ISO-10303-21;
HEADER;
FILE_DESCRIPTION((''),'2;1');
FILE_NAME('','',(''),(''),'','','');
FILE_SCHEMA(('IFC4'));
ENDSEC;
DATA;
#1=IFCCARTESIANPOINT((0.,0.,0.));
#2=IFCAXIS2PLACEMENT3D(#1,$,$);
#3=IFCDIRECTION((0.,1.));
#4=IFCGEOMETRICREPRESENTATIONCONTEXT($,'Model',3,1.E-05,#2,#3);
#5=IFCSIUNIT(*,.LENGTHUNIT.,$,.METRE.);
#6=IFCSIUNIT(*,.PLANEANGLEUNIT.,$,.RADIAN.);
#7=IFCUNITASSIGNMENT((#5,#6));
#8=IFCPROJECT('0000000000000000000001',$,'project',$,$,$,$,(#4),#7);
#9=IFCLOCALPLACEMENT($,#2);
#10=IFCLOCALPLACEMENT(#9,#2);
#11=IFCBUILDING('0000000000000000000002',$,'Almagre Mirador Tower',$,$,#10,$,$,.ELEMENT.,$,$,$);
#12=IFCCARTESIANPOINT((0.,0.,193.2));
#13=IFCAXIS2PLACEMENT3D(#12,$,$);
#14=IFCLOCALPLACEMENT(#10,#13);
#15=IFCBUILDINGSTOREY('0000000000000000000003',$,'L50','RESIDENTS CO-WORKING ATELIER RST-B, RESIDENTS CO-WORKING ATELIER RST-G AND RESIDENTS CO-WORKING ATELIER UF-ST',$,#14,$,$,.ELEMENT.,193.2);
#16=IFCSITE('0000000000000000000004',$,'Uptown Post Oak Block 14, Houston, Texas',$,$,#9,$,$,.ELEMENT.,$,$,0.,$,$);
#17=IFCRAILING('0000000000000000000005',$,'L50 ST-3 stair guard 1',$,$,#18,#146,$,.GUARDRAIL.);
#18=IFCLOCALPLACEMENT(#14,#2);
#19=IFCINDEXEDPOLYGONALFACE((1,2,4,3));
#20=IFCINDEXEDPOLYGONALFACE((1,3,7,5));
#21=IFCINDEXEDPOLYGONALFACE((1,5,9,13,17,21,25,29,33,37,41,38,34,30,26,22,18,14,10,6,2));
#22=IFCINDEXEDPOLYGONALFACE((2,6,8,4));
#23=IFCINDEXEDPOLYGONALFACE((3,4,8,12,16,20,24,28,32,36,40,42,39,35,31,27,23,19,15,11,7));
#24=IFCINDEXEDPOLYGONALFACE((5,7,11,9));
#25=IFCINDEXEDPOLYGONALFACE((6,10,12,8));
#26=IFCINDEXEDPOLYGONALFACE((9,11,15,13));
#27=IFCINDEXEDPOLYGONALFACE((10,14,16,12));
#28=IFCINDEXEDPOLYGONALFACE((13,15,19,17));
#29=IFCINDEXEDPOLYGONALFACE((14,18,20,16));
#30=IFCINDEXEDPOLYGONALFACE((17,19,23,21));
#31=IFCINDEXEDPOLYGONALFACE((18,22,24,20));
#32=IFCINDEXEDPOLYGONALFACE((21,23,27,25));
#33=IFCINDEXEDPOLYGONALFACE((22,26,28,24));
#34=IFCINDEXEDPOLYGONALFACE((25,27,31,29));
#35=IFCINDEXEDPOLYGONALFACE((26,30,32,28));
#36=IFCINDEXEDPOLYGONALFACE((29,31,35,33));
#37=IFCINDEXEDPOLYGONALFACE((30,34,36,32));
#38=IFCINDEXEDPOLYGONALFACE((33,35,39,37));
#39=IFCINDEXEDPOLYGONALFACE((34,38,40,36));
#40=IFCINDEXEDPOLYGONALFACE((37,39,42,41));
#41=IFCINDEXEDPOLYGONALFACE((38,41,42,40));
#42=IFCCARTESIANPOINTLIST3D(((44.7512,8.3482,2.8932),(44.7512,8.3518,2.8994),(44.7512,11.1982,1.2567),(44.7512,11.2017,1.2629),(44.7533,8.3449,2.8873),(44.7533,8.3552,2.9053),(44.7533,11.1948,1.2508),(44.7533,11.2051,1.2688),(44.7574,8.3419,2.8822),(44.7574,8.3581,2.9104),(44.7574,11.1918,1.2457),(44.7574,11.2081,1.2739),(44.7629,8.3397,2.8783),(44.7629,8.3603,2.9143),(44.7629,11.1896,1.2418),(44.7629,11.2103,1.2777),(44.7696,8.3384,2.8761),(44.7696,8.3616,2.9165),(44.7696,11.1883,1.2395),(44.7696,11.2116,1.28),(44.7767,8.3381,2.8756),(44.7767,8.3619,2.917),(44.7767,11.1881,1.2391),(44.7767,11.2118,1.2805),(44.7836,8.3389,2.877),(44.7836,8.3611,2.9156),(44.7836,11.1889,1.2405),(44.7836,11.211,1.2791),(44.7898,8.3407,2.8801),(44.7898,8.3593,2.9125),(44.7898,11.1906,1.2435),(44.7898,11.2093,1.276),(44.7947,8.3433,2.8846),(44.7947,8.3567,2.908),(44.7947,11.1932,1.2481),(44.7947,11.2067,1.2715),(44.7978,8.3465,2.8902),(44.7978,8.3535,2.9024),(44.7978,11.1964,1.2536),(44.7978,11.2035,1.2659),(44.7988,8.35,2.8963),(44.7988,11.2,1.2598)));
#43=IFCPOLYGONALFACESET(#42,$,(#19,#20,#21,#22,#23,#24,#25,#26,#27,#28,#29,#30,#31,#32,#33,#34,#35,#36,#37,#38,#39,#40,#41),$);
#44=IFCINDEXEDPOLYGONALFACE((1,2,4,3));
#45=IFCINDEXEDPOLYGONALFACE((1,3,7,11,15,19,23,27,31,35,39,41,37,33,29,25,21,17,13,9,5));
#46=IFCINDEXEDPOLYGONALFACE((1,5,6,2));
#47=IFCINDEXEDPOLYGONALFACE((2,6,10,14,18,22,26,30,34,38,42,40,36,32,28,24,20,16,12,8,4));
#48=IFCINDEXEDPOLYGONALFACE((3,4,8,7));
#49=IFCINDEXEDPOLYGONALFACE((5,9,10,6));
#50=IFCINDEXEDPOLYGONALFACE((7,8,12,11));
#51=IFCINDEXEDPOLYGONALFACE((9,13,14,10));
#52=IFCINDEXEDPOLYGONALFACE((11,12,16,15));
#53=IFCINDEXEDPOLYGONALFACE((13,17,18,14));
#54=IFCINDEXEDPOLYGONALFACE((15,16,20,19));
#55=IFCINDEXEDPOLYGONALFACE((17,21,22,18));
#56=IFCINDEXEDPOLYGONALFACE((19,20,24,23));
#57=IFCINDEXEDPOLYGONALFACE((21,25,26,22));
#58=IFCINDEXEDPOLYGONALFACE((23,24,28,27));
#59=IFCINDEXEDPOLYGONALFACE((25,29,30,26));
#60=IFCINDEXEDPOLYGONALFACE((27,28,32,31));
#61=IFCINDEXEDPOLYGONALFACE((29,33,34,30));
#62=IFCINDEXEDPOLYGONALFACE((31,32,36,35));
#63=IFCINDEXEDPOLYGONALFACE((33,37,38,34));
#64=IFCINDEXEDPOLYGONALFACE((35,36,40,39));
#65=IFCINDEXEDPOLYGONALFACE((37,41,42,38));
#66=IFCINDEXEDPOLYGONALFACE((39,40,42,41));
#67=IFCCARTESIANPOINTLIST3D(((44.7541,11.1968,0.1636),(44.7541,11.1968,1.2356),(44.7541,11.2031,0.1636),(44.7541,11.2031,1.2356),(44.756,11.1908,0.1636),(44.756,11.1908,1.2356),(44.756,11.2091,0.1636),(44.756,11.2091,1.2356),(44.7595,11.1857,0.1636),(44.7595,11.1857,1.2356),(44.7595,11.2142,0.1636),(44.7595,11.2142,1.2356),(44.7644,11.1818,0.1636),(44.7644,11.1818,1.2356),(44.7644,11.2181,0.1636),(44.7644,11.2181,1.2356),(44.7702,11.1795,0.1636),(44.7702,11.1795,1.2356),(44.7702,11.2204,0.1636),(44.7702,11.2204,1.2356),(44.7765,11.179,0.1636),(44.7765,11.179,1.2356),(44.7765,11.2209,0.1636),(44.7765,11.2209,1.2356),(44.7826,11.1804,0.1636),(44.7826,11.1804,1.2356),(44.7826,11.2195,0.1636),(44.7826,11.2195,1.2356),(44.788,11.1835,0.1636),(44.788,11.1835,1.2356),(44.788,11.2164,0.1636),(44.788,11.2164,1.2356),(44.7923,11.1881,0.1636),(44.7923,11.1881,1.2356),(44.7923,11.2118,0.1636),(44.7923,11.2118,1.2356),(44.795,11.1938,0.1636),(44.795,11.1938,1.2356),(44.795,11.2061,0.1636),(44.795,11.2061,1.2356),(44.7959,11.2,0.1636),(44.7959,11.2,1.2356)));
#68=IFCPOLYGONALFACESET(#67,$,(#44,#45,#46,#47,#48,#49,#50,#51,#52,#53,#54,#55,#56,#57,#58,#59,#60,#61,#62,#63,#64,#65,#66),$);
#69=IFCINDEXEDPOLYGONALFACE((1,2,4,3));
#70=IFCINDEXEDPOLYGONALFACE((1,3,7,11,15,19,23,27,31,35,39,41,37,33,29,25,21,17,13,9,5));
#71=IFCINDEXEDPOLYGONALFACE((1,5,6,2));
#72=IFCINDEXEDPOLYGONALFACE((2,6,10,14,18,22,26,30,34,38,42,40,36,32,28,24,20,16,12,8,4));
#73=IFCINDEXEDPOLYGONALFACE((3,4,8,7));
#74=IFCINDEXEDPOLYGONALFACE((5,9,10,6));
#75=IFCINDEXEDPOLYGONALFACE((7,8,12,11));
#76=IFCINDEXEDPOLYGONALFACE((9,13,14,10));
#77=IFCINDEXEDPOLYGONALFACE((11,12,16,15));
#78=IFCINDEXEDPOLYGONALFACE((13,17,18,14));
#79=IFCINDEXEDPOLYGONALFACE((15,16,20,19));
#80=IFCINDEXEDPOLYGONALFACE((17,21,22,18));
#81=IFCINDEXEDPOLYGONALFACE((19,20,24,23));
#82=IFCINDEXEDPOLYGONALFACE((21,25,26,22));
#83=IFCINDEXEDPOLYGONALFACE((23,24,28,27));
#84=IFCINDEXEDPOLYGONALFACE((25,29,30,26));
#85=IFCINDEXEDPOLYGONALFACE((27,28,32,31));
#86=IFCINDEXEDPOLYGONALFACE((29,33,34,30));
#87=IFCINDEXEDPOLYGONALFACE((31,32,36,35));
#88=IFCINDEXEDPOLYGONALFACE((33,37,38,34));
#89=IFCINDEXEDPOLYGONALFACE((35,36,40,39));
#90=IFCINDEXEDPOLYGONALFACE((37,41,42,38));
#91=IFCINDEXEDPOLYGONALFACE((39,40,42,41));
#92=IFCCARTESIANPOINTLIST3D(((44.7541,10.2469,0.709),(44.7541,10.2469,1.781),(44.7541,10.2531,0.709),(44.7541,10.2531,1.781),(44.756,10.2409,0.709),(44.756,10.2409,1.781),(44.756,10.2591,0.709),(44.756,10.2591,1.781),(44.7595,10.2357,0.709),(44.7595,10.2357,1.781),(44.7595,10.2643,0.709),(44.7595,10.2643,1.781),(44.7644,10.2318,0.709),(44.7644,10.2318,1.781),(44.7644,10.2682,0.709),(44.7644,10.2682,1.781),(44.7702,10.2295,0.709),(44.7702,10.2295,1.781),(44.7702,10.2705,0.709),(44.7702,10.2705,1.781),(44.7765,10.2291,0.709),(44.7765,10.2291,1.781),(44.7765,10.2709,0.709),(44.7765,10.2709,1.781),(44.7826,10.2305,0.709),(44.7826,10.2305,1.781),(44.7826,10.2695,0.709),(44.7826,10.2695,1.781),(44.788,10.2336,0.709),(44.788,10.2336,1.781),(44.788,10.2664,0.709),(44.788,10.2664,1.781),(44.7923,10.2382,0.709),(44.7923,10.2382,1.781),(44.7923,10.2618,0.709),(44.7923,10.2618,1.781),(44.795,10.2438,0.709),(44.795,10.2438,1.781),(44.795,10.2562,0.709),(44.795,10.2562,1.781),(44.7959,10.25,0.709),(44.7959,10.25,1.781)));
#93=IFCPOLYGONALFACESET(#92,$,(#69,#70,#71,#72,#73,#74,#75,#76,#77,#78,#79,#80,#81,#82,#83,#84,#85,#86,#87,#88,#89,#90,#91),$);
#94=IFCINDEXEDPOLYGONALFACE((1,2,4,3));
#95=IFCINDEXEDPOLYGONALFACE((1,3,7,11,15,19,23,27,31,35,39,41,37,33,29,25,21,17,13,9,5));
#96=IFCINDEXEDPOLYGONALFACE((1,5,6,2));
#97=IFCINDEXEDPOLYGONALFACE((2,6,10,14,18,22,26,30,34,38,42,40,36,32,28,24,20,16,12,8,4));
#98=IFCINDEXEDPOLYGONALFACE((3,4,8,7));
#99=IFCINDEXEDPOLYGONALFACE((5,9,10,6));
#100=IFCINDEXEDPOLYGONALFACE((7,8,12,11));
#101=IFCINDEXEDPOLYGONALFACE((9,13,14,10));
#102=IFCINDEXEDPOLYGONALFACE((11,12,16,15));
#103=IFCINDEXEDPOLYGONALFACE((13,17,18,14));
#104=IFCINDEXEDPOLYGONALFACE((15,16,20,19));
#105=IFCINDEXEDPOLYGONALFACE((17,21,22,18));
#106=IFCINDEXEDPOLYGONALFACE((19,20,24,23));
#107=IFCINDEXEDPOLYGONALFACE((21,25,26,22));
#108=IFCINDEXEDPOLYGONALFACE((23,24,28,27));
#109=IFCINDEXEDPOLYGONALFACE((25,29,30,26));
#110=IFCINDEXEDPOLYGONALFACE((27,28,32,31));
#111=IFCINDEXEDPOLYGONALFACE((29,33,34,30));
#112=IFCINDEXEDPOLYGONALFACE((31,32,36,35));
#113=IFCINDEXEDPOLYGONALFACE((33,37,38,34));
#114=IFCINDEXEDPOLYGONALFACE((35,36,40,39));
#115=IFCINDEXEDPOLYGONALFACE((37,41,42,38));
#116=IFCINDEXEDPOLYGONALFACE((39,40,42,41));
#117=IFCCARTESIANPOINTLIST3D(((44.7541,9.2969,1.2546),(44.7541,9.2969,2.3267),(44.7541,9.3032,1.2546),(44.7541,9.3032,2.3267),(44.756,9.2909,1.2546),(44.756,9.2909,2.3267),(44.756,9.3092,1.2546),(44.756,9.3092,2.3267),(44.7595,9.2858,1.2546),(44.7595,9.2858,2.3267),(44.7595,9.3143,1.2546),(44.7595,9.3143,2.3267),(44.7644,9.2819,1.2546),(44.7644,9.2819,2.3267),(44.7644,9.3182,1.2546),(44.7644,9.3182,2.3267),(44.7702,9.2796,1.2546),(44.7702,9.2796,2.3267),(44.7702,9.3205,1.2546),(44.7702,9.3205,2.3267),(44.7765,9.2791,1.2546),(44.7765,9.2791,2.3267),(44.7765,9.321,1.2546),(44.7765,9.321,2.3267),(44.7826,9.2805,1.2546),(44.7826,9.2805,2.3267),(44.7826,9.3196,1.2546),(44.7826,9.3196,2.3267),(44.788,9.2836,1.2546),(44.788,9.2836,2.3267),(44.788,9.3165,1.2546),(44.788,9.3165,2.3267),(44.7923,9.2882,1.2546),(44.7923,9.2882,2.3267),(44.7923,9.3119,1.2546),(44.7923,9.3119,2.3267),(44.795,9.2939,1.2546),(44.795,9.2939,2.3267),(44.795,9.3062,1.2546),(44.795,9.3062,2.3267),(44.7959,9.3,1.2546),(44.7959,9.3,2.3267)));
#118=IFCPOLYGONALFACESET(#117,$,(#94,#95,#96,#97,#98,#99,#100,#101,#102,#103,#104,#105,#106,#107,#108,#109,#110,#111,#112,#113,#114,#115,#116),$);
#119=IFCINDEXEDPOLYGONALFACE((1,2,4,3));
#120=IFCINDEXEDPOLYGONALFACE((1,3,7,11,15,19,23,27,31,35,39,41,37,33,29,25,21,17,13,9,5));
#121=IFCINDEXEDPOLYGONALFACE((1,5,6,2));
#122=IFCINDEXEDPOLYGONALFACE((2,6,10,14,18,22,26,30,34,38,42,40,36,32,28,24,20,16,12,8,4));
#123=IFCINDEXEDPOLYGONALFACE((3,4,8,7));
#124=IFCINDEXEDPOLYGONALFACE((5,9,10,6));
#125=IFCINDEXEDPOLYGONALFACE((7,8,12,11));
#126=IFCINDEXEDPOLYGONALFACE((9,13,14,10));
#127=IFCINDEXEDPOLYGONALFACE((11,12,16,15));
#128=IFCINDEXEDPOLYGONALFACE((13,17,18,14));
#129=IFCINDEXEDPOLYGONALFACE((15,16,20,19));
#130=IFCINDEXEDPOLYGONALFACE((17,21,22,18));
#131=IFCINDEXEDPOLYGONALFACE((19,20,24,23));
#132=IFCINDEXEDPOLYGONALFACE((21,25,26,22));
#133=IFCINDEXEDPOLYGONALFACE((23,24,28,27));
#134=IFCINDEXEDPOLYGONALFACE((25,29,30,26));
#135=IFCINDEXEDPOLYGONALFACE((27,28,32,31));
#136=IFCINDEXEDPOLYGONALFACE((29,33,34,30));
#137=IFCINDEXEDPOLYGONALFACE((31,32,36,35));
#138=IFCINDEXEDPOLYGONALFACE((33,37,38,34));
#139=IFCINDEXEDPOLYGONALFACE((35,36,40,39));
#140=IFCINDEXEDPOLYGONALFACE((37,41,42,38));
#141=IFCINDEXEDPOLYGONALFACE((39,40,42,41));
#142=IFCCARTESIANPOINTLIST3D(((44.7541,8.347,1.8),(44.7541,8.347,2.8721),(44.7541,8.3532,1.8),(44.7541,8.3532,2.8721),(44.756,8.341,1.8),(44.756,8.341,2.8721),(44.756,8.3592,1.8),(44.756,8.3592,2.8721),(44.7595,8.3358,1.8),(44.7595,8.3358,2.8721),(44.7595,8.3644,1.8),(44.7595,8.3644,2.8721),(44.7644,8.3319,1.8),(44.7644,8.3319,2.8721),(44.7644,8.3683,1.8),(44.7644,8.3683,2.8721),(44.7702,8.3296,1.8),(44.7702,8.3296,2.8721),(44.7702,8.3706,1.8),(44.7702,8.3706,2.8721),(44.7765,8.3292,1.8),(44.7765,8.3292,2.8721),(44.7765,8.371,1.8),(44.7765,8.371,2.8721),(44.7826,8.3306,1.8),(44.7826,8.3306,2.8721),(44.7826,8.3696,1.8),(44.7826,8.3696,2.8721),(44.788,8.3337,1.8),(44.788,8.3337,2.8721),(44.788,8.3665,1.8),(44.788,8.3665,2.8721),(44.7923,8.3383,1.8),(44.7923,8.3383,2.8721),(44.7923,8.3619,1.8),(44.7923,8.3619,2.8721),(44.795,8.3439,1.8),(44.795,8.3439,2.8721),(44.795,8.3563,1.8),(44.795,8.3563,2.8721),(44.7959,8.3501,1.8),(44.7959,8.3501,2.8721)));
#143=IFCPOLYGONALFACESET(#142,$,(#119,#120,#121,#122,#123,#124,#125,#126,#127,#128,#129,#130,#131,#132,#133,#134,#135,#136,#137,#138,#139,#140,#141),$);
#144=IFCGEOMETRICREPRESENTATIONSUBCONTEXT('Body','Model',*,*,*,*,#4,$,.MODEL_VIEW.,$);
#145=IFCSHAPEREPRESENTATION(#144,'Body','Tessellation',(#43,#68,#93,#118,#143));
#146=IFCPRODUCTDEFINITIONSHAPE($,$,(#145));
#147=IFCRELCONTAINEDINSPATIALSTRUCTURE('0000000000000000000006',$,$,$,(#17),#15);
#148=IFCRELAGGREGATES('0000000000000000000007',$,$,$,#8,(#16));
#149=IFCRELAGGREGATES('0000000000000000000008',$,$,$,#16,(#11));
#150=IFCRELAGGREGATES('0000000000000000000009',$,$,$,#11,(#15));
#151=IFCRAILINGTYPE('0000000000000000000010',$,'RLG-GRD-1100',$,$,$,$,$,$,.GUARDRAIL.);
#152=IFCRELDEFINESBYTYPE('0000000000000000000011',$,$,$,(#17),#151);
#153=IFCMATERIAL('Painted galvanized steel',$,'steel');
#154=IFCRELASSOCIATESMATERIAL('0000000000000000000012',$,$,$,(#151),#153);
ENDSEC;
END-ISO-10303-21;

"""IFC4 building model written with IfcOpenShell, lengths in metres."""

from ifc_helpers import new_model, si_unit, direction, frame, origin, origin_2d, place, context, subcontext, project, spatial, circle, extrude, material, type_object, element, save


model = new_model("IFC4")

# Units and contexts
model_context = context("Model", 3, precision=1e-05, world=origin(), true_north=direction((0.0, 1.0)))
body_context = subcontext(model_context, "Body", "Model", "MODEL_VIEW")
ifc_project = project(units=[si_unit("LENGTHUNIT", "METRE"), si_unit("PLANEANGLEUNIT", "RADIAN")], contexts=[model_context])

# Site, building, storey
site_placement = place(None, origin())
site = spatial("IfcSite", under=ifc_project, at=site_placement, Name="Uptown Post Oak Block 14, Houston, Texas", CompositionType="ELEMENT", RefElevation=0.0)
building_placement = place(site_placement, origin())
building = spatial("IfcBuilding", under=site, at=building_placement, Name="Almagre Mirador Tower", CompositionType="ELEMENT")
storey_placement = place(building_placement, frame((0.0, 0.0, 193.2)))
storey = spatial("IfcBuildingStorey", under=building, at=storey_placement, Name="L50", Description="RESIDENTS CO-WORKING ATELIER RST-B, RESIDENTS CO-WORKING ATELIER RST-G AND RESIDENTS CO-WORKING ATELIER UF-ST", CompositionType="ELEMENT", Elevation=193.2)

# Railing
ifc_material_1 = material(Name="Painted galvanized steel", Category="steel")
railing_type_1 = type_object("IfcRailingType", Name="RLG-GRD-1100", PredefinedType="GUARDRAIL", material=ifc_material_1)
railing_1_placement = place(storey_placement, frame((44.7749, 11.2, 0.1636)))
element("IfcRailing", 1, at=railing_1_placement, inside=storey, type_object=railing_type_1, Name="L50 ST-3 stair guard 1", PredefinedType="GUARDRAIL", context=body_context, shape_type="SweptSolid", body=[
    extrude(circle(Radius=0.0239, at=origin_2d()), frame((0.0, 0.0, 1.0962), z_axis=(0.0, -0.867194, 0.49797), x_axis=(1.0, 0.0, 0.0)), (0.0, 0.0, 1.0), 3.2864),
    extrude(circle(Radius=0.021, at=origin_2d()), origin(), (0.0, 0.0, 1.0), 1.072),
    extrude(circle(Radius=0.021, at=origin_2d()), frame((0.0, -0.95, 0.5454)), (0.0, 0.0, 1.0), 1.072),
    extrude(circle(Radius=0.021, at=origin_2d()), frame((0.0, -1.8999, 1.0911)), (0.0, 0.0, 1.0), 1.072),
    extrude(circle(Radius=0.021, at=origin_2d()), frame((0.0, -2.8499, 1.6365)), (0.0, 0.0, 1.0), 1.072),
])

save(model, "model.ifc")
